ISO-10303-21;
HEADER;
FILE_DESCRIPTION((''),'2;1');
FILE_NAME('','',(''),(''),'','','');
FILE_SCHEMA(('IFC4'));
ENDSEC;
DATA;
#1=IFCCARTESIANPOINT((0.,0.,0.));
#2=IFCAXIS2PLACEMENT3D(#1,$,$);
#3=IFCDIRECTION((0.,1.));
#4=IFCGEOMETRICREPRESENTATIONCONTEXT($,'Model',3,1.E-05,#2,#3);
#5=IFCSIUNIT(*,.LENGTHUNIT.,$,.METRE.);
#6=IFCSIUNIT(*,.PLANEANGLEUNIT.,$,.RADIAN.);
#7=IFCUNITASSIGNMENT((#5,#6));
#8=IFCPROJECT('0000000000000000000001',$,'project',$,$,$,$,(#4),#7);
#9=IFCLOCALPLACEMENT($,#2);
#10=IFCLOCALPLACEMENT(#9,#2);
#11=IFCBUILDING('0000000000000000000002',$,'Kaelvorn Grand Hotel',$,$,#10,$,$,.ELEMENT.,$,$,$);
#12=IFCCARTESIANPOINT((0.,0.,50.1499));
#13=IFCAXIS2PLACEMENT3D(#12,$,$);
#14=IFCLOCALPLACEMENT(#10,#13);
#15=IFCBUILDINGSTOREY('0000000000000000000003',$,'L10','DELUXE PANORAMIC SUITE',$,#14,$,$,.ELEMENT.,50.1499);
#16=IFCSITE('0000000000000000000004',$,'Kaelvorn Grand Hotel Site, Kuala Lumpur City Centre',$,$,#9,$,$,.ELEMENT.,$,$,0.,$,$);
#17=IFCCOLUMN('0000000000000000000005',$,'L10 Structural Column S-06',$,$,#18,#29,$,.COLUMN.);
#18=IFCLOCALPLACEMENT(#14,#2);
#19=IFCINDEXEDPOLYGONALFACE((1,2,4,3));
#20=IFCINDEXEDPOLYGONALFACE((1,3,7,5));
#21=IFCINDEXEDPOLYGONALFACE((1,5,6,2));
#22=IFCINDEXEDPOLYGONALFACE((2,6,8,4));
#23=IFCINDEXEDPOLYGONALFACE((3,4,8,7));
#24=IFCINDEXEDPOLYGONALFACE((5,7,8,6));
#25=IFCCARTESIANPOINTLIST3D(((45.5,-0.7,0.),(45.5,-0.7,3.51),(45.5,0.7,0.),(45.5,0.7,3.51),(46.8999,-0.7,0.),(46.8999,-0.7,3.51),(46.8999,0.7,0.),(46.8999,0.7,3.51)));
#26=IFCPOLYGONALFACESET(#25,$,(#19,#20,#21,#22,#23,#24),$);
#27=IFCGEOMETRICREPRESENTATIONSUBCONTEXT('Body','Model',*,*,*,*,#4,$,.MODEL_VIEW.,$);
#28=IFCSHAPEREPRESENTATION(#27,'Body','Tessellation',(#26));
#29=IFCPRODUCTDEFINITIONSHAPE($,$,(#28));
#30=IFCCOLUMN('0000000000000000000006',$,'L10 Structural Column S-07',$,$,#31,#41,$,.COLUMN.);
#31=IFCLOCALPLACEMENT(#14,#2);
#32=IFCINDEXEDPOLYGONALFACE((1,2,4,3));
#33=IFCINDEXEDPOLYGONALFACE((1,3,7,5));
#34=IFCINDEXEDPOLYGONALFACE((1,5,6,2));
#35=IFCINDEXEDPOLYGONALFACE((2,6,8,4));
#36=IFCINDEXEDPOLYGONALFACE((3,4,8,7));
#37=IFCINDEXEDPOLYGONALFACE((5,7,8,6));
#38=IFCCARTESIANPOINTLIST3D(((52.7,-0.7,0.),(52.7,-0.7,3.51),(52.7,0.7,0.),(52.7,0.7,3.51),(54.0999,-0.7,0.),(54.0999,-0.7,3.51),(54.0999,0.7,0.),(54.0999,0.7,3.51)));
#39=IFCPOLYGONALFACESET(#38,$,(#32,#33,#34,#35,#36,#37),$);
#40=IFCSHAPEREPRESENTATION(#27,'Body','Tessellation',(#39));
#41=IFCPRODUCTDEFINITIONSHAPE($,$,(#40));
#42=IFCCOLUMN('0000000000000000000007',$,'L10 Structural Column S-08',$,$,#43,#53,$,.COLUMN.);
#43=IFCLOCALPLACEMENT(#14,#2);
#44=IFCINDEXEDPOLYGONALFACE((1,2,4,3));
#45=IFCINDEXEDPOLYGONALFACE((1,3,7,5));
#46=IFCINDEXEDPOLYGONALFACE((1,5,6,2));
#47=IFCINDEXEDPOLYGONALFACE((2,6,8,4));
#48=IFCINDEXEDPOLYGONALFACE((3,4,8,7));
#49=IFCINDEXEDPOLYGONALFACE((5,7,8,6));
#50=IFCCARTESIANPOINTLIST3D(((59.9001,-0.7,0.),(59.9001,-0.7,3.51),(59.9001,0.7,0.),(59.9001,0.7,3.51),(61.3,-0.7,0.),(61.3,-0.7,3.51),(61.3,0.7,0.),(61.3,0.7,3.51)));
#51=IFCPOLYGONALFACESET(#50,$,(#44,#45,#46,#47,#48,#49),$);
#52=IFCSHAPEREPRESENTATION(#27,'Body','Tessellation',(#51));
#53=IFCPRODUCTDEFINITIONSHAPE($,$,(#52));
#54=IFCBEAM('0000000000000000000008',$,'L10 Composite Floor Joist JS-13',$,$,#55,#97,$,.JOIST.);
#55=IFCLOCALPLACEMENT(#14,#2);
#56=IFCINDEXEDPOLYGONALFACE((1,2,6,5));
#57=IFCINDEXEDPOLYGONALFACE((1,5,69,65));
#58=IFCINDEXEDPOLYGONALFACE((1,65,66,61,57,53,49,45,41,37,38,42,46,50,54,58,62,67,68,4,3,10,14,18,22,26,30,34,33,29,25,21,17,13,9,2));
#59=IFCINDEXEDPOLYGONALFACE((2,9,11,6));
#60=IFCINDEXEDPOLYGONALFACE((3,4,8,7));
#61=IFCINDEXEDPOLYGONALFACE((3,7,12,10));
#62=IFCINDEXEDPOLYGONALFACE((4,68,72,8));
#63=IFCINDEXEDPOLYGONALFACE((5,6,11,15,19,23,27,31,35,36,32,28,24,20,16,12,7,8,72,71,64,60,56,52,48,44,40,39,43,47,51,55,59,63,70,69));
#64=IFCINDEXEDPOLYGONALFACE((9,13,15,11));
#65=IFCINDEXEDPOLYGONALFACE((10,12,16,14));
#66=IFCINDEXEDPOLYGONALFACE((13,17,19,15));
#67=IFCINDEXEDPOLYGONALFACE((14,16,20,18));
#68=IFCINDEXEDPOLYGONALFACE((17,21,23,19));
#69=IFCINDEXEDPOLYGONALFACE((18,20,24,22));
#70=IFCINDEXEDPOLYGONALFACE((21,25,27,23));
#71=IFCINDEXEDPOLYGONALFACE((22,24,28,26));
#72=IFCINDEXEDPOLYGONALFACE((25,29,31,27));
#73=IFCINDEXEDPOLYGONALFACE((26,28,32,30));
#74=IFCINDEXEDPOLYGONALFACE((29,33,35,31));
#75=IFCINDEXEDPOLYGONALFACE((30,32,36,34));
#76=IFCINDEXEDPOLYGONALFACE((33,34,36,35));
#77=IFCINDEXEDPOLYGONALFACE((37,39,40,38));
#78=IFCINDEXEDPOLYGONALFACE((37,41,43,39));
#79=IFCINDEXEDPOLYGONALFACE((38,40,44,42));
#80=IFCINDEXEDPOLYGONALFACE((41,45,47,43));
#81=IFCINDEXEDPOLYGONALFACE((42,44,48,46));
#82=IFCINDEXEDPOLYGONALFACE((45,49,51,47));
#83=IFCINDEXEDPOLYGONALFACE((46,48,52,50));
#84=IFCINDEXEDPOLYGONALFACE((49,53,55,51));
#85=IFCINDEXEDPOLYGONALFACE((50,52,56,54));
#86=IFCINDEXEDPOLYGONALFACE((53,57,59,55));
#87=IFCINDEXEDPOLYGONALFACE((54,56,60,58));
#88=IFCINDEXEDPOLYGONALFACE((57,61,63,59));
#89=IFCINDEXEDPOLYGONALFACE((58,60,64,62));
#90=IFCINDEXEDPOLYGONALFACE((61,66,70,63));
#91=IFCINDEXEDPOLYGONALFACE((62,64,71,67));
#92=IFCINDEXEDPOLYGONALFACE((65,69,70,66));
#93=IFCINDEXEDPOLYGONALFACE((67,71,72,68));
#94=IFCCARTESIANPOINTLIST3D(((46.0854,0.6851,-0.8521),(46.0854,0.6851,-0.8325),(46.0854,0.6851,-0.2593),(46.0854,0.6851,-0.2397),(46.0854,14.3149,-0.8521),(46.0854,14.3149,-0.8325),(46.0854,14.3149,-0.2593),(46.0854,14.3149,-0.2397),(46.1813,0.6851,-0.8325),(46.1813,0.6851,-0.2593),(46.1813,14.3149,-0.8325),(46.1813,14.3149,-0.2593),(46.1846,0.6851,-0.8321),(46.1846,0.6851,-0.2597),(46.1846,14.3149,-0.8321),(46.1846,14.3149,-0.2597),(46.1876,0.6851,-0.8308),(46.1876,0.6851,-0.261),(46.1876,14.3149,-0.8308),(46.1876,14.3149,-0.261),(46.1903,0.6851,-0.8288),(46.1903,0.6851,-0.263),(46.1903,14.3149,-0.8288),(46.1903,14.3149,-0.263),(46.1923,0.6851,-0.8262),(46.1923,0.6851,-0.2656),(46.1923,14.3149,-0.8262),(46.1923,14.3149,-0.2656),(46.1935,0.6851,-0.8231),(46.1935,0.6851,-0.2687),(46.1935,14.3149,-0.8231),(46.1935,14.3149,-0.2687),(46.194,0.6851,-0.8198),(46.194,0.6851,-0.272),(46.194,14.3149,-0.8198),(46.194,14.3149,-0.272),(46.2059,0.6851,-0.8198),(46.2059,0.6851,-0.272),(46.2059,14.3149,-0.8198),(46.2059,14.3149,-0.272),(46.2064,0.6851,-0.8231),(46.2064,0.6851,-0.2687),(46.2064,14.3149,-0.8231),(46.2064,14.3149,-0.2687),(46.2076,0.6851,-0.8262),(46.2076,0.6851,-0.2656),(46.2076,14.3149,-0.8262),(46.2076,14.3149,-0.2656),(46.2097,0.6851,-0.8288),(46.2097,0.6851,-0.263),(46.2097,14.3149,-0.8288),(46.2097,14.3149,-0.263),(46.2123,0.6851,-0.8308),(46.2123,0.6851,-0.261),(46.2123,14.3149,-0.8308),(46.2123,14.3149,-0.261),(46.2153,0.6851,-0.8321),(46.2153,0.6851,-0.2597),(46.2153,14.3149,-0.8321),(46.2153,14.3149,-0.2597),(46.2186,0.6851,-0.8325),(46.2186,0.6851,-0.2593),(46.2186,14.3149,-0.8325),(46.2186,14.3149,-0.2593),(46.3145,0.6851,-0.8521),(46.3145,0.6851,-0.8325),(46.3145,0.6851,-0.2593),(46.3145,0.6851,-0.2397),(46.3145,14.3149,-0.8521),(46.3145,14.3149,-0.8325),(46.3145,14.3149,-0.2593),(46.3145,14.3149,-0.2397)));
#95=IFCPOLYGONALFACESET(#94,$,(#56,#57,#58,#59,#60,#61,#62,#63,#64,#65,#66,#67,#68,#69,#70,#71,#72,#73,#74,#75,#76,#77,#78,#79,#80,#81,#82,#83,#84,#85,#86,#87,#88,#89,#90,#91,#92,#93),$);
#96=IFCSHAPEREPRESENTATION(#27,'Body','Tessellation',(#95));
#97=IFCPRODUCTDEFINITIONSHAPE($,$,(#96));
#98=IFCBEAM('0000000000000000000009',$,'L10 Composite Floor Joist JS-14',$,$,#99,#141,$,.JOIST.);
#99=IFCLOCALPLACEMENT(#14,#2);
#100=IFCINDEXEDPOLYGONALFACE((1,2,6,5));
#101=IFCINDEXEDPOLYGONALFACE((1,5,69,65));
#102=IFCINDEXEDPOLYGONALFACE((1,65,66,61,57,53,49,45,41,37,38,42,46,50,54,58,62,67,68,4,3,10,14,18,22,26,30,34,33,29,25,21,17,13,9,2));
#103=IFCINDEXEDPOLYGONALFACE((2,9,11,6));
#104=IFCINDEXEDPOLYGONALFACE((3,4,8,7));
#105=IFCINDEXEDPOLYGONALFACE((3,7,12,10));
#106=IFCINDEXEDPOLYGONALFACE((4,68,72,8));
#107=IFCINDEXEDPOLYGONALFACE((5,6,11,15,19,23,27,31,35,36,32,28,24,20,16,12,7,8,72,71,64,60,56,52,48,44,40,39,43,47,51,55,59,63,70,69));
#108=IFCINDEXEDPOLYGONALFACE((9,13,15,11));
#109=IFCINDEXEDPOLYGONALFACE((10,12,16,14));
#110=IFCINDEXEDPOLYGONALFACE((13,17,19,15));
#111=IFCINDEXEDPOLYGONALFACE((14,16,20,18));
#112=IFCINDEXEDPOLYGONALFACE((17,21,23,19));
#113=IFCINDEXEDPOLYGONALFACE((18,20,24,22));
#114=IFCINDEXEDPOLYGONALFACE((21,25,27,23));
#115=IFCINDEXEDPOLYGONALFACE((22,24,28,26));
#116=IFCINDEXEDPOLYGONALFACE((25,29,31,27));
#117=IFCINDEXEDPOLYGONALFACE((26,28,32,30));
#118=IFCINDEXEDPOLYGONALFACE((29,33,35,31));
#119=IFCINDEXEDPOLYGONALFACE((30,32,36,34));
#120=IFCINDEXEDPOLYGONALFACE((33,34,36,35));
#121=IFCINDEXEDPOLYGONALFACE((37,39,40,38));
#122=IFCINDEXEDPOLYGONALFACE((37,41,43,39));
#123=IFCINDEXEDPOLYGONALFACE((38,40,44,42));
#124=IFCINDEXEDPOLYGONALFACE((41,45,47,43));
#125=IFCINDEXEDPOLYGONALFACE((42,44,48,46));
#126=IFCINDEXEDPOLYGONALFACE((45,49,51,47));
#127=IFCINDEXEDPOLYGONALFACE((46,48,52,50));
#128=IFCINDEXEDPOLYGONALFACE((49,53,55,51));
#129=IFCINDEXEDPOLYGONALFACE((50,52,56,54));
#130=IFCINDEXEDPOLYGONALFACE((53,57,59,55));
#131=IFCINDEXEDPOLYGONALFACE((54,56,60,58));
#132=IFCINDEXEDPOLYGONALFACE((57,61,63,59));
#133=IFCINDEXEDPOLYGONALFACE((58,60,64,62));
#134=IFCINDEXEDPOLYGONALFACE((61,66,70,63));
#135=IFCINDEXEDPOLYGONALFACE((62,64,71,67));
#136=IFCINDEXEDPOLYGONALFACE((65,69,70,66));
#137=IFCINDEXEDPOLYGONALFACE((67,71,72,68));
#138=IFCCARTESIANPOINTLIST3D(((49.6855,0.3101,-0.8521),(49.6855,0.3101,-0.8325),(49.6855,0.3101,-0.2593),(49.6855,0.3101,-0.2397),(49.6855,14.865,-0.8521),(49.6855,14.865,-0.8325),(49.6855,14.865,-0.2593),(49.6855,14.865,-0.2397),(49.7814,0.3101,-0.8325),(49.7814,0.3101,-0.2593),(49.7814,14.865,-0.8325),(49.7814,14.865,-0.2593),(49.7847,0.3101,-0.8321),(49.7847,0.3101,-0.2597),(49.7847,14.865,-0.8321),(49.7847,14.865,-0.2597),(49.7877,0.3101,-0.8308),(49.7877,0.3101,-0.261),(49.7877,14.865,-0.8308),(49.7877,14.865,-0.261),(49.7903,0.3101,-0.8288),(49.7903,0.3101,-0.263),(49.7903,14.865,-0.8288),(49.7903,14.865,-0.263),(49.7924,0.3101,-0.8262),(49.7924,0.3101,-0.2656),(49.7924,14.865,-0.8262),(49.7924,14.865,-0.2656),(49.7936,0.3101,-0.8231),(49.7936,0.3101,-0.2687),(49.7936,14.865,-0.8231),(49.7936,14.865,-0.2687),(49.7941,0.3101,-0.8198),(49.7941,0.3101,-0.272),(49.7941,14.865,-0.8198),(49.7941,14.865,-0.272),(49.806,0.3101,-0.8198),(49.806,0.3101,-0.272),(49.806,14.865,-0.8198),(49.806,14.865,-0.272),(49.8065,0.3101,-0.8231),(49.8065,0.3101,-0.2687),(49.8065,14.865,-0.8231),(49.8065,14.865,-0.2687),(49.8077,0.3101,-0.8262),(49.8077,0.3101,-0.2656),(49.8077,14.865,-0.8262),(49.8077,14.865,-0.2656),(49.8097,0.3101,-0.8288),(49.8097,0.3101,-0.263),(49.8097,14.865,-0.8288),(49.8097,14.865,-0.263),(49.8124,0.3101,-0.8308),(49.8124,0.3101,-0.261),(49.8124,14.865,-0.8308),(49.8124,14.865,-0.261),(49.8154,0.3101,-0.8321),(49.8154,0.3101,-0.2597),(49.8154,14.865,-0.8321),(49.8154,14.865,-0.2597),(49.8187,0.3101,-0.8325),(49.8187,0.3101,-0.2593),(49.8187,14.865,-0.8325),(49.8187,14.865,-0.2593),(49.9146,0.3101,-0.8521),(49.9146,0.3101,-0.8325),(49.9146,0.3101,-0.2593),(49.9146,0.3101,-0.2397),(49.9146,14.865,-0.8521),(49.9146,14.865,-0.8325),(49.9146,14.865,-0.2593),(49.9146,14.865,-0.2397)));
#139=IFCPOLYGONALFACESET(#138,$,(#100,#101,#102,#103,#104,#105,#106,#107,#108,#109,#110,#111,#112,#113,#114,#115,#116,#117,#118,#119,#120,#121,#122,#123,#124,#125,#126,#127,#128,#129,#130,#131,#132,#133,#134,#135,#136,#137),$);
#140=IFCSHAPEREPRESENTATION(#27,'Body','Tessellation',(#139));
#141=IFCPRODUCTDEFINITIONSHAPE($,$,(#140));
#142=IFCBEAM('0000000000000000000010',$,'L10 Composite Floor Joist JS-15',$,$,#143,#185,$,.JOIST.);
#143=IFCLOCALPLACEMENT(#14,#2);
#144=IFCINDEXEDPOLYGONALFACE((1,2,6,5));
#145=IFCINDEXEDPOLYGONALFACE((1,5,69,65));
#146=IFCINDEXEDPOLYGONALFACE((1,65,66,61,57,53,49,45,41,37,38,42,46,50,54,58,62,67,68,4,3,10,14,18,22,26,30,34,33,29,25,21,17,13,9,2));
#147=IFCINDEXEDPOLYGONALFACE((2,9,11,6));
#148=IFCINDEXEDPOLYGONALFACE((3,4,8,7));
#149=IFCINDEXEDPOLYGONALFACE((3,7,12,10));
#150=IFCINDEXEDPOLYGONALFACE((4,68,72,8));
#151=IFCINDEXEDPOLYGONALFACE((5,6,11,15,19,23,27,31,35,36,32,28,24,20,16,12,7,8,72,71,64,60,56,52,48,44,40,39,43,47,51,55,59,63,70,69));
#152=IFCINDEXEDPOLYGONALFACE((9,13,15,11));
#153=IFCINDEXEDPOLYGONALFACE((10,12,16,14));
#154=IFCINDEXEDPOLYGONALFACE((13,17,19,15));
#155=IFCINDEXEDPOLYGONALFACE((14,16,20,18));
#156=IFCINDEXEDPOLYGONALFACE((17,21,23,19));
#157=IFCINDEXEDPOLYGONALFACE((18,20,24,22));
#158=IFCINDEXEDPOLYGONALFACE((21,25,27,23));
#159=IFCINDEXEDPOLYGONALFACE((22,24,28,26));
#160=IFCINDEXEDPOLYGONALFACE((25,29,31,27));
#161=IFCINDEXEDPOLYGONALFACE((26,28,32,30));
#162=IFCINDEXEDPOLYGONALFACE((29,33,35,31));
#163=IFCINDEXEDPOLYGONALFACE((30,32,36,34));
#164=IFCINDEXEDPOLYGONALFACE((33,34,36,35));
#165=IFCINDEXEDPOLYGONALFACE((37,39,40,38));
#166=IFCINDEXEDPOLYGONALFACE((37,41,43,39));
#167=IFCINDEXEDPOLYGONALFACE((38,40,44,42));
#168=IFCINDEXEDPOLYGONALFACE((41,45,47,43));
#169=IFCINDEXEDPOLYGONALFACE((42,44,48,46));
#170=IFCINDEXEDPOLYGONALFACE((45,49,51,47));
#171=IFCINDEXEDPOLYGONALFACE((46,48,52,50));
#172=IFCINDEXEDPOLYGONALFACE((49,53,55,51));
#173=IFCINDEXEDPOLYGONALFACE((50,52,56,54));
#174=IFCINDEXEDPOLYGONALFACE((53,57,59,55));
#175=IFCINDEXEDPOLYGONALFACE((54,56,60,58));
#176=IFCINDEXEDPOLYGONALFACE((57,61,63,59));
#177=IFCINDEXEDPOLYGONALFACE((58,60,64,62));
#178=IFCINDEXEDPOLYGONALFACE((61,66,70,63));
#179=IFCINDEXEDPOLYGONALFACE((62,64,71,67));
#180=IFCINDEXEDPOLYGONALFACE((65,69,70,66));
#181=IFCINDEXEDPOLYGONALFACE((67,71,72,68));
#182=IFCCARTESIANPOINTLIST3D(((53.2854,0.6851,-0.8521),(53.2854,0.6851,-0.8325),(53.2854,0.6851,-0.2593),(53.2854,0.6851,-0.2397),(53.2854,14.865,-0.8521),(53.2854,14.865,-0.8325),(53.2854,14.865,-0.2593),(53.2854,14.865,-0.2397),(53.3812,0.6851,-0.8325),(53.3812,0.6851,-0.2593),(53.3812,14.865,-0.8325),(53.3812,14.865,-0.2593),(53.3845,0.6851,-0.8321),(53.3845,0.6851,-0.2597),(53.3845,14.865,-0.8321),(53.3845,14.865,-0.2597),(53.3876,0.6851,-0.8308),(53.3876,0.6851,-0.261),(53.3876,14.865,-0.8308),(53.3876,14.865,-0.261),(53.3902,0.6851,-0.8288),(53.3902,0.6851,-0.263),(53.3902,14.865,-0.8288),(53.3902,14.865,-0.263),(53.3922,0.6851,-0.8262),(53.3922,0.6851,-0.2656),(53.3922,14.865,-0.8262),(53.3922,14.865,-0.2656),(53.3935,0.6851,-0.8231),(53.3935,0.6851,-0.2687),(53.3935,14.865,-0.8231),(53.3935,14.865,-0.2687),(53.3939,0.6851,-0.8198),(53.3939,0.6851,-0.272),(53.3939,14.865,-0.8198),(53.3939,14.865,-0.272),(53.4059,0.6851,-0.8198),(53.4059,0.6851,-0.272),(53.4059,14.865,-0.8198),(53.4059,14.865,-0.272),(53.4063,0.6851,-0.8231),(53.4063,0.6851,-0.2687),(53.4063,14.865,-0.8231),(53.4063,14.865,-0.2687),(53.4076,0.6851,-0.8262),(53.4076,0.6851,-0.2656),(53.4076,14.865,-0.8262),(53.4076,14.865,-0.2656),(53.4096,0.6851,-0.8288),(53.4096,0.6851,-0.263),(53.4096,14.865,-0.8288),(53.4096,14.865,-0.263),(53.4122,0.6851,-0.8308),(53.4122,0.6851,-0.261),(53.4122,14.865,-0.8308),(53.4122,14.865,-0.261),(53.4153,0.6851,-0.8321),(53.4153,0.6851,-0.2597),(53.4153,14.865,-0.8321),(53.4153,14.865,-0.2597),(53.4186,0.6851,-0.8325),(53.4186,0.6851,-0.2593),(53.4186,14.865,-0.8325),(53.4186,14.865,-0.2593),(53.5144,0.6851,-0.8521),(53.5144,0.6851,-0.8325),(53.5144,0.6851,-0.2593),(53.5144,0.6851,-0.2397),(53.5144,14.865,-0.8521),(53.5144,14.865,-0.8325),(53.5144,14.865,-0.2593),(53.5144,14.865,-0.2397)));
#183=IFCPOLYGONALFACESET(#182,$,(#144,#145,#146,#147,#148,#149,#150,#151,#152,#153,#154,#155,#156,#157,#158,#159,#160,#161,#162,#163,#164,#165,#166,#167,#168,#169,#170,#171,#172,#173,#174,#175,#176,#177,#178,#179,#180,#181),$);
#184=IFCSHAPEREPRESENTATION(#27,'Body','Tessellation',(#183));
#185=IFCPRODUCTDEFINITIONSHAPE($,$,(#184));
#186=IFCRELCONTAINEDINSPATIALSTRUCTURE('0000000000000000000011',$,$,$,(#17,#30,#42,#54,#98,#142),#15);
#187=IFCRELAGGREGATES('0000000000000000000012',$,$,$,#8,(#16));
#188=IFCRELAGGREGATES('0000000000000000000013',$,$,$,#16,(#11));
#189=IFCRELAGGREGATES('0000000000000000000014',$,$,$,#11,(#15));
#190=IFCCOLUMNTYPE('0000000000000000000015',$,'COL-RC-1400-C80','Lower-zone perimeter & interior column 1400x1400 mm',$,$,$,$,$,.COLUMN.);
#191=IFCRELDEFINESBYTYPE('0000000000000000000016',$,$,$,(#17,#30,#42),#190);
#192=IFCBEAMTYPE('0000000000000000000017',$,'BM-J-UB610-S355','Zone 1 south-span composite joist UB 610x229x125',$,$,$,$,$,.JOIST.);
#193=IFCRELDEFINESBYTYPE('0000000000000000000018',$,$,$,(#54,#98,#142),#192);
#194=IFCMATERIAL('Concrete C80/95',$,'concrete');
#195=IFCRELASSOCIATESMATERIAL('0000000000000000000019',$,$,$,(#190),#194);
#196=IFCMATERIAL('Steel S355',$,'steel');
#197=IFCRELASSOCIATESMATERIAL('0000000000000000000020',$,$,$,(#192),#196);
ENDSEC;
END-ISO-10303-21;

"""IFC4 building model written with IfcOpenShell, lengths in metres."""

from ifc_helpers import new_model, si_unit, direction, frame, origin, origin_2d, place, context, subcontext, project, spatial, rectangle, i_section, extrude, material, material_profile, profile_set, type_object, element, save


model = new_model("IFC4")

# Units and contexts
model_context = context("Model", 3, precision=1e-05, world=origin(), true_north=direction((0.0, 1.0)))
body_context = subcontext(model_context, "Body", "Model", "MODEL_VIEW")
ifc_project = project(units=[si_unit("LENGTHUNIT", "METRE"), si_unit("PLANEANGLEUNIT", "RADIAN")], contexts=[model_context])

# Site, building, storey
site_placement = place(None, origin())
site = spatial("IfcSite", under=ifc_project, at=site_placement, Name="Kaelvorn Grand Hotel Site, Kuala Lumpur City Centre", CompositionType="ELEMENT", RefElevation=0.0)
building_placement = place(site_placement, origin())
building = spatial("IfcBuilding", under=site, at=building_placement, Name="Kaelvorn Grand Hotel", CompositionType="ELEMENT")
storey_placement = place(building_placement, frame((0.0, 0.0, 50.1499)))
storey = spatial("IfcBuildingStorey", under=building, at=storey_placement, Name="L10", Description="DELUXE PANORAMIC SUITE", CompositionType="ELEMENT", Elevation=50.1499)

# Columns
ifc_material_1 = material(Name="Concrete C80/95", Category="concrete")
ifc_material_profile_1 = material_profile(ifc_material_1, rectangle(XDim=1.3999, YDim=1.3999, at=origin_2d()), Name="RC COL 1400x1400")
ifc_profile_set_1 = profile_set([ifc_material_profile_1], Name="Concrete C80/95")
column_type = type_object("IfcColumnType", Name="COL-RC-1400-C80", Description="Lower-zone perimeter & interior column 1400x1400 mm", PredefinedType="COLUMN", material=ifc_profile_set_1)
for number, where, z_axis, x_axis, name in (
    (1, (46.2, 0.0, 0.0), (0.0, 0.0, 1.0), (1.0, 0.0, 0.0), "L10 Structural Column S-06"),
    (2, (53.3999, 0.0, 0.0), (0.0, 0.0, 1.0), (1.0, 0.0, 0.0), "L10 Structural Column S-07"),
    (3, (60.6001, 0.0, 0.0), (0.0, 0.0, 1.0), (1.0, 0.0, 0.0), "L10 Structural Column S-08"),
):
    element("IfcColumn", number, at=place(storey_placement, frame(where, z_axis=z_axis, x_axis=x_axis)), inside=storey, type_object=column_type, Name=name, PredefinedType="COLUMN", context=body_context, shape_type="SweptSolid", body=[
        extrude(rectangle(XDim=1.3999, YDim=1.3999, at=origin_2d()), origin(), (0.0, 0.0, 1.0), 3.51),
    ])

# Beams
ifc_material_2 = material(Name="Steel S355", Category="steel")
ifc_material_profile_2 = material_profile(ifc_material_2, i_section(OverallWidth=0.229, OverallDepth=0.6123, WebThickness=0.012, FlangeThickness=0.0195, FilletRadius=0.0127, at=origin_2d()), Name="UB 610x229x125")
ifc_profile_set_2 = profile_set([ifc_material_profile_2], Name="Steel S355")
beam_type_1 = type_object("IfcBeamType", Name="BM-J-UB610-S355", Description="Zone 1 south-span composite joist UB 610x229x125", PredefinedType="JOIST", material=ifc_profile_set_2)
beam_1_placement = place(storey_placement, frame((46.2, 0.6851, -0.5459), z_axis=(0.0, 1.0, 0.0), x_axis=(-1.0, 0.0, 0.0)))
element("IfcBeam", 4, at=beam_1_placement, inside=storey, type_object=beam_type_1, Name="L10 Composite Floor Joist JS-13", PredefinedType="JOIST", context=body_context, shape_type="SweptSolid", body=[
    extrude(i_section(OverallWidth=0.229, OverallDepth=0.6123, WebThickness=0.012, FlangeThickness=0.0195, FilletRadius=0.0127, at=origin_2d()), origin(), (0.0, 0.0, 1.0), 13.6299),
])
beam_2_placement = place(storey_placement, frame((49.8, 0.3101, -0.5459), z_axis=(0.0, 1.0, 0.0), x_axis=(-1.0, 0.0, 0.0)))
element("IfcBeam", 5, at=beam_2_placement, inside=storey, type_object=beam_type_1, Name="L10 Composite Floor Joist JS-14", PredefinedType="JOIST", context=body_context, shape_type="SweptSolid", body=[
    extrude(i_section(OverallWidth=0.229, OverallDepth=0.6123, WebThickness=0.012, FlangeThickness=0.0195, FilletRadius=0.0127, at=origin_2d()), origin(), (0.0, 0.0, 1.0), 14.5549),
])
beam_3_placement = place(storey_placement, frame((53.3999, 0.6851, -0.5459), z_axis=(0.0, 1.0, 0.0), x_axis=(-1.0, 0.0, 0.0)))
element("IfcBeam", 6, at=beam_3_placement, inside=storey, type_object=beam_type_1, Name="L10 Composite Floor Joist JS-15", PredefinedType="JOIST", context=body_context, shape_type="SweptSolid", body=[
    extrude(i_section(OverallWidth=0.229, OverallDepth=0.6123, WebThickness=0.012, FlangeThickness=0.0195, FilletRadius=0.0127, at=origin_2d()), origin(), (0.0, 0.0, 1.0), 14.1799),
])

save(model, "model.ifc")
